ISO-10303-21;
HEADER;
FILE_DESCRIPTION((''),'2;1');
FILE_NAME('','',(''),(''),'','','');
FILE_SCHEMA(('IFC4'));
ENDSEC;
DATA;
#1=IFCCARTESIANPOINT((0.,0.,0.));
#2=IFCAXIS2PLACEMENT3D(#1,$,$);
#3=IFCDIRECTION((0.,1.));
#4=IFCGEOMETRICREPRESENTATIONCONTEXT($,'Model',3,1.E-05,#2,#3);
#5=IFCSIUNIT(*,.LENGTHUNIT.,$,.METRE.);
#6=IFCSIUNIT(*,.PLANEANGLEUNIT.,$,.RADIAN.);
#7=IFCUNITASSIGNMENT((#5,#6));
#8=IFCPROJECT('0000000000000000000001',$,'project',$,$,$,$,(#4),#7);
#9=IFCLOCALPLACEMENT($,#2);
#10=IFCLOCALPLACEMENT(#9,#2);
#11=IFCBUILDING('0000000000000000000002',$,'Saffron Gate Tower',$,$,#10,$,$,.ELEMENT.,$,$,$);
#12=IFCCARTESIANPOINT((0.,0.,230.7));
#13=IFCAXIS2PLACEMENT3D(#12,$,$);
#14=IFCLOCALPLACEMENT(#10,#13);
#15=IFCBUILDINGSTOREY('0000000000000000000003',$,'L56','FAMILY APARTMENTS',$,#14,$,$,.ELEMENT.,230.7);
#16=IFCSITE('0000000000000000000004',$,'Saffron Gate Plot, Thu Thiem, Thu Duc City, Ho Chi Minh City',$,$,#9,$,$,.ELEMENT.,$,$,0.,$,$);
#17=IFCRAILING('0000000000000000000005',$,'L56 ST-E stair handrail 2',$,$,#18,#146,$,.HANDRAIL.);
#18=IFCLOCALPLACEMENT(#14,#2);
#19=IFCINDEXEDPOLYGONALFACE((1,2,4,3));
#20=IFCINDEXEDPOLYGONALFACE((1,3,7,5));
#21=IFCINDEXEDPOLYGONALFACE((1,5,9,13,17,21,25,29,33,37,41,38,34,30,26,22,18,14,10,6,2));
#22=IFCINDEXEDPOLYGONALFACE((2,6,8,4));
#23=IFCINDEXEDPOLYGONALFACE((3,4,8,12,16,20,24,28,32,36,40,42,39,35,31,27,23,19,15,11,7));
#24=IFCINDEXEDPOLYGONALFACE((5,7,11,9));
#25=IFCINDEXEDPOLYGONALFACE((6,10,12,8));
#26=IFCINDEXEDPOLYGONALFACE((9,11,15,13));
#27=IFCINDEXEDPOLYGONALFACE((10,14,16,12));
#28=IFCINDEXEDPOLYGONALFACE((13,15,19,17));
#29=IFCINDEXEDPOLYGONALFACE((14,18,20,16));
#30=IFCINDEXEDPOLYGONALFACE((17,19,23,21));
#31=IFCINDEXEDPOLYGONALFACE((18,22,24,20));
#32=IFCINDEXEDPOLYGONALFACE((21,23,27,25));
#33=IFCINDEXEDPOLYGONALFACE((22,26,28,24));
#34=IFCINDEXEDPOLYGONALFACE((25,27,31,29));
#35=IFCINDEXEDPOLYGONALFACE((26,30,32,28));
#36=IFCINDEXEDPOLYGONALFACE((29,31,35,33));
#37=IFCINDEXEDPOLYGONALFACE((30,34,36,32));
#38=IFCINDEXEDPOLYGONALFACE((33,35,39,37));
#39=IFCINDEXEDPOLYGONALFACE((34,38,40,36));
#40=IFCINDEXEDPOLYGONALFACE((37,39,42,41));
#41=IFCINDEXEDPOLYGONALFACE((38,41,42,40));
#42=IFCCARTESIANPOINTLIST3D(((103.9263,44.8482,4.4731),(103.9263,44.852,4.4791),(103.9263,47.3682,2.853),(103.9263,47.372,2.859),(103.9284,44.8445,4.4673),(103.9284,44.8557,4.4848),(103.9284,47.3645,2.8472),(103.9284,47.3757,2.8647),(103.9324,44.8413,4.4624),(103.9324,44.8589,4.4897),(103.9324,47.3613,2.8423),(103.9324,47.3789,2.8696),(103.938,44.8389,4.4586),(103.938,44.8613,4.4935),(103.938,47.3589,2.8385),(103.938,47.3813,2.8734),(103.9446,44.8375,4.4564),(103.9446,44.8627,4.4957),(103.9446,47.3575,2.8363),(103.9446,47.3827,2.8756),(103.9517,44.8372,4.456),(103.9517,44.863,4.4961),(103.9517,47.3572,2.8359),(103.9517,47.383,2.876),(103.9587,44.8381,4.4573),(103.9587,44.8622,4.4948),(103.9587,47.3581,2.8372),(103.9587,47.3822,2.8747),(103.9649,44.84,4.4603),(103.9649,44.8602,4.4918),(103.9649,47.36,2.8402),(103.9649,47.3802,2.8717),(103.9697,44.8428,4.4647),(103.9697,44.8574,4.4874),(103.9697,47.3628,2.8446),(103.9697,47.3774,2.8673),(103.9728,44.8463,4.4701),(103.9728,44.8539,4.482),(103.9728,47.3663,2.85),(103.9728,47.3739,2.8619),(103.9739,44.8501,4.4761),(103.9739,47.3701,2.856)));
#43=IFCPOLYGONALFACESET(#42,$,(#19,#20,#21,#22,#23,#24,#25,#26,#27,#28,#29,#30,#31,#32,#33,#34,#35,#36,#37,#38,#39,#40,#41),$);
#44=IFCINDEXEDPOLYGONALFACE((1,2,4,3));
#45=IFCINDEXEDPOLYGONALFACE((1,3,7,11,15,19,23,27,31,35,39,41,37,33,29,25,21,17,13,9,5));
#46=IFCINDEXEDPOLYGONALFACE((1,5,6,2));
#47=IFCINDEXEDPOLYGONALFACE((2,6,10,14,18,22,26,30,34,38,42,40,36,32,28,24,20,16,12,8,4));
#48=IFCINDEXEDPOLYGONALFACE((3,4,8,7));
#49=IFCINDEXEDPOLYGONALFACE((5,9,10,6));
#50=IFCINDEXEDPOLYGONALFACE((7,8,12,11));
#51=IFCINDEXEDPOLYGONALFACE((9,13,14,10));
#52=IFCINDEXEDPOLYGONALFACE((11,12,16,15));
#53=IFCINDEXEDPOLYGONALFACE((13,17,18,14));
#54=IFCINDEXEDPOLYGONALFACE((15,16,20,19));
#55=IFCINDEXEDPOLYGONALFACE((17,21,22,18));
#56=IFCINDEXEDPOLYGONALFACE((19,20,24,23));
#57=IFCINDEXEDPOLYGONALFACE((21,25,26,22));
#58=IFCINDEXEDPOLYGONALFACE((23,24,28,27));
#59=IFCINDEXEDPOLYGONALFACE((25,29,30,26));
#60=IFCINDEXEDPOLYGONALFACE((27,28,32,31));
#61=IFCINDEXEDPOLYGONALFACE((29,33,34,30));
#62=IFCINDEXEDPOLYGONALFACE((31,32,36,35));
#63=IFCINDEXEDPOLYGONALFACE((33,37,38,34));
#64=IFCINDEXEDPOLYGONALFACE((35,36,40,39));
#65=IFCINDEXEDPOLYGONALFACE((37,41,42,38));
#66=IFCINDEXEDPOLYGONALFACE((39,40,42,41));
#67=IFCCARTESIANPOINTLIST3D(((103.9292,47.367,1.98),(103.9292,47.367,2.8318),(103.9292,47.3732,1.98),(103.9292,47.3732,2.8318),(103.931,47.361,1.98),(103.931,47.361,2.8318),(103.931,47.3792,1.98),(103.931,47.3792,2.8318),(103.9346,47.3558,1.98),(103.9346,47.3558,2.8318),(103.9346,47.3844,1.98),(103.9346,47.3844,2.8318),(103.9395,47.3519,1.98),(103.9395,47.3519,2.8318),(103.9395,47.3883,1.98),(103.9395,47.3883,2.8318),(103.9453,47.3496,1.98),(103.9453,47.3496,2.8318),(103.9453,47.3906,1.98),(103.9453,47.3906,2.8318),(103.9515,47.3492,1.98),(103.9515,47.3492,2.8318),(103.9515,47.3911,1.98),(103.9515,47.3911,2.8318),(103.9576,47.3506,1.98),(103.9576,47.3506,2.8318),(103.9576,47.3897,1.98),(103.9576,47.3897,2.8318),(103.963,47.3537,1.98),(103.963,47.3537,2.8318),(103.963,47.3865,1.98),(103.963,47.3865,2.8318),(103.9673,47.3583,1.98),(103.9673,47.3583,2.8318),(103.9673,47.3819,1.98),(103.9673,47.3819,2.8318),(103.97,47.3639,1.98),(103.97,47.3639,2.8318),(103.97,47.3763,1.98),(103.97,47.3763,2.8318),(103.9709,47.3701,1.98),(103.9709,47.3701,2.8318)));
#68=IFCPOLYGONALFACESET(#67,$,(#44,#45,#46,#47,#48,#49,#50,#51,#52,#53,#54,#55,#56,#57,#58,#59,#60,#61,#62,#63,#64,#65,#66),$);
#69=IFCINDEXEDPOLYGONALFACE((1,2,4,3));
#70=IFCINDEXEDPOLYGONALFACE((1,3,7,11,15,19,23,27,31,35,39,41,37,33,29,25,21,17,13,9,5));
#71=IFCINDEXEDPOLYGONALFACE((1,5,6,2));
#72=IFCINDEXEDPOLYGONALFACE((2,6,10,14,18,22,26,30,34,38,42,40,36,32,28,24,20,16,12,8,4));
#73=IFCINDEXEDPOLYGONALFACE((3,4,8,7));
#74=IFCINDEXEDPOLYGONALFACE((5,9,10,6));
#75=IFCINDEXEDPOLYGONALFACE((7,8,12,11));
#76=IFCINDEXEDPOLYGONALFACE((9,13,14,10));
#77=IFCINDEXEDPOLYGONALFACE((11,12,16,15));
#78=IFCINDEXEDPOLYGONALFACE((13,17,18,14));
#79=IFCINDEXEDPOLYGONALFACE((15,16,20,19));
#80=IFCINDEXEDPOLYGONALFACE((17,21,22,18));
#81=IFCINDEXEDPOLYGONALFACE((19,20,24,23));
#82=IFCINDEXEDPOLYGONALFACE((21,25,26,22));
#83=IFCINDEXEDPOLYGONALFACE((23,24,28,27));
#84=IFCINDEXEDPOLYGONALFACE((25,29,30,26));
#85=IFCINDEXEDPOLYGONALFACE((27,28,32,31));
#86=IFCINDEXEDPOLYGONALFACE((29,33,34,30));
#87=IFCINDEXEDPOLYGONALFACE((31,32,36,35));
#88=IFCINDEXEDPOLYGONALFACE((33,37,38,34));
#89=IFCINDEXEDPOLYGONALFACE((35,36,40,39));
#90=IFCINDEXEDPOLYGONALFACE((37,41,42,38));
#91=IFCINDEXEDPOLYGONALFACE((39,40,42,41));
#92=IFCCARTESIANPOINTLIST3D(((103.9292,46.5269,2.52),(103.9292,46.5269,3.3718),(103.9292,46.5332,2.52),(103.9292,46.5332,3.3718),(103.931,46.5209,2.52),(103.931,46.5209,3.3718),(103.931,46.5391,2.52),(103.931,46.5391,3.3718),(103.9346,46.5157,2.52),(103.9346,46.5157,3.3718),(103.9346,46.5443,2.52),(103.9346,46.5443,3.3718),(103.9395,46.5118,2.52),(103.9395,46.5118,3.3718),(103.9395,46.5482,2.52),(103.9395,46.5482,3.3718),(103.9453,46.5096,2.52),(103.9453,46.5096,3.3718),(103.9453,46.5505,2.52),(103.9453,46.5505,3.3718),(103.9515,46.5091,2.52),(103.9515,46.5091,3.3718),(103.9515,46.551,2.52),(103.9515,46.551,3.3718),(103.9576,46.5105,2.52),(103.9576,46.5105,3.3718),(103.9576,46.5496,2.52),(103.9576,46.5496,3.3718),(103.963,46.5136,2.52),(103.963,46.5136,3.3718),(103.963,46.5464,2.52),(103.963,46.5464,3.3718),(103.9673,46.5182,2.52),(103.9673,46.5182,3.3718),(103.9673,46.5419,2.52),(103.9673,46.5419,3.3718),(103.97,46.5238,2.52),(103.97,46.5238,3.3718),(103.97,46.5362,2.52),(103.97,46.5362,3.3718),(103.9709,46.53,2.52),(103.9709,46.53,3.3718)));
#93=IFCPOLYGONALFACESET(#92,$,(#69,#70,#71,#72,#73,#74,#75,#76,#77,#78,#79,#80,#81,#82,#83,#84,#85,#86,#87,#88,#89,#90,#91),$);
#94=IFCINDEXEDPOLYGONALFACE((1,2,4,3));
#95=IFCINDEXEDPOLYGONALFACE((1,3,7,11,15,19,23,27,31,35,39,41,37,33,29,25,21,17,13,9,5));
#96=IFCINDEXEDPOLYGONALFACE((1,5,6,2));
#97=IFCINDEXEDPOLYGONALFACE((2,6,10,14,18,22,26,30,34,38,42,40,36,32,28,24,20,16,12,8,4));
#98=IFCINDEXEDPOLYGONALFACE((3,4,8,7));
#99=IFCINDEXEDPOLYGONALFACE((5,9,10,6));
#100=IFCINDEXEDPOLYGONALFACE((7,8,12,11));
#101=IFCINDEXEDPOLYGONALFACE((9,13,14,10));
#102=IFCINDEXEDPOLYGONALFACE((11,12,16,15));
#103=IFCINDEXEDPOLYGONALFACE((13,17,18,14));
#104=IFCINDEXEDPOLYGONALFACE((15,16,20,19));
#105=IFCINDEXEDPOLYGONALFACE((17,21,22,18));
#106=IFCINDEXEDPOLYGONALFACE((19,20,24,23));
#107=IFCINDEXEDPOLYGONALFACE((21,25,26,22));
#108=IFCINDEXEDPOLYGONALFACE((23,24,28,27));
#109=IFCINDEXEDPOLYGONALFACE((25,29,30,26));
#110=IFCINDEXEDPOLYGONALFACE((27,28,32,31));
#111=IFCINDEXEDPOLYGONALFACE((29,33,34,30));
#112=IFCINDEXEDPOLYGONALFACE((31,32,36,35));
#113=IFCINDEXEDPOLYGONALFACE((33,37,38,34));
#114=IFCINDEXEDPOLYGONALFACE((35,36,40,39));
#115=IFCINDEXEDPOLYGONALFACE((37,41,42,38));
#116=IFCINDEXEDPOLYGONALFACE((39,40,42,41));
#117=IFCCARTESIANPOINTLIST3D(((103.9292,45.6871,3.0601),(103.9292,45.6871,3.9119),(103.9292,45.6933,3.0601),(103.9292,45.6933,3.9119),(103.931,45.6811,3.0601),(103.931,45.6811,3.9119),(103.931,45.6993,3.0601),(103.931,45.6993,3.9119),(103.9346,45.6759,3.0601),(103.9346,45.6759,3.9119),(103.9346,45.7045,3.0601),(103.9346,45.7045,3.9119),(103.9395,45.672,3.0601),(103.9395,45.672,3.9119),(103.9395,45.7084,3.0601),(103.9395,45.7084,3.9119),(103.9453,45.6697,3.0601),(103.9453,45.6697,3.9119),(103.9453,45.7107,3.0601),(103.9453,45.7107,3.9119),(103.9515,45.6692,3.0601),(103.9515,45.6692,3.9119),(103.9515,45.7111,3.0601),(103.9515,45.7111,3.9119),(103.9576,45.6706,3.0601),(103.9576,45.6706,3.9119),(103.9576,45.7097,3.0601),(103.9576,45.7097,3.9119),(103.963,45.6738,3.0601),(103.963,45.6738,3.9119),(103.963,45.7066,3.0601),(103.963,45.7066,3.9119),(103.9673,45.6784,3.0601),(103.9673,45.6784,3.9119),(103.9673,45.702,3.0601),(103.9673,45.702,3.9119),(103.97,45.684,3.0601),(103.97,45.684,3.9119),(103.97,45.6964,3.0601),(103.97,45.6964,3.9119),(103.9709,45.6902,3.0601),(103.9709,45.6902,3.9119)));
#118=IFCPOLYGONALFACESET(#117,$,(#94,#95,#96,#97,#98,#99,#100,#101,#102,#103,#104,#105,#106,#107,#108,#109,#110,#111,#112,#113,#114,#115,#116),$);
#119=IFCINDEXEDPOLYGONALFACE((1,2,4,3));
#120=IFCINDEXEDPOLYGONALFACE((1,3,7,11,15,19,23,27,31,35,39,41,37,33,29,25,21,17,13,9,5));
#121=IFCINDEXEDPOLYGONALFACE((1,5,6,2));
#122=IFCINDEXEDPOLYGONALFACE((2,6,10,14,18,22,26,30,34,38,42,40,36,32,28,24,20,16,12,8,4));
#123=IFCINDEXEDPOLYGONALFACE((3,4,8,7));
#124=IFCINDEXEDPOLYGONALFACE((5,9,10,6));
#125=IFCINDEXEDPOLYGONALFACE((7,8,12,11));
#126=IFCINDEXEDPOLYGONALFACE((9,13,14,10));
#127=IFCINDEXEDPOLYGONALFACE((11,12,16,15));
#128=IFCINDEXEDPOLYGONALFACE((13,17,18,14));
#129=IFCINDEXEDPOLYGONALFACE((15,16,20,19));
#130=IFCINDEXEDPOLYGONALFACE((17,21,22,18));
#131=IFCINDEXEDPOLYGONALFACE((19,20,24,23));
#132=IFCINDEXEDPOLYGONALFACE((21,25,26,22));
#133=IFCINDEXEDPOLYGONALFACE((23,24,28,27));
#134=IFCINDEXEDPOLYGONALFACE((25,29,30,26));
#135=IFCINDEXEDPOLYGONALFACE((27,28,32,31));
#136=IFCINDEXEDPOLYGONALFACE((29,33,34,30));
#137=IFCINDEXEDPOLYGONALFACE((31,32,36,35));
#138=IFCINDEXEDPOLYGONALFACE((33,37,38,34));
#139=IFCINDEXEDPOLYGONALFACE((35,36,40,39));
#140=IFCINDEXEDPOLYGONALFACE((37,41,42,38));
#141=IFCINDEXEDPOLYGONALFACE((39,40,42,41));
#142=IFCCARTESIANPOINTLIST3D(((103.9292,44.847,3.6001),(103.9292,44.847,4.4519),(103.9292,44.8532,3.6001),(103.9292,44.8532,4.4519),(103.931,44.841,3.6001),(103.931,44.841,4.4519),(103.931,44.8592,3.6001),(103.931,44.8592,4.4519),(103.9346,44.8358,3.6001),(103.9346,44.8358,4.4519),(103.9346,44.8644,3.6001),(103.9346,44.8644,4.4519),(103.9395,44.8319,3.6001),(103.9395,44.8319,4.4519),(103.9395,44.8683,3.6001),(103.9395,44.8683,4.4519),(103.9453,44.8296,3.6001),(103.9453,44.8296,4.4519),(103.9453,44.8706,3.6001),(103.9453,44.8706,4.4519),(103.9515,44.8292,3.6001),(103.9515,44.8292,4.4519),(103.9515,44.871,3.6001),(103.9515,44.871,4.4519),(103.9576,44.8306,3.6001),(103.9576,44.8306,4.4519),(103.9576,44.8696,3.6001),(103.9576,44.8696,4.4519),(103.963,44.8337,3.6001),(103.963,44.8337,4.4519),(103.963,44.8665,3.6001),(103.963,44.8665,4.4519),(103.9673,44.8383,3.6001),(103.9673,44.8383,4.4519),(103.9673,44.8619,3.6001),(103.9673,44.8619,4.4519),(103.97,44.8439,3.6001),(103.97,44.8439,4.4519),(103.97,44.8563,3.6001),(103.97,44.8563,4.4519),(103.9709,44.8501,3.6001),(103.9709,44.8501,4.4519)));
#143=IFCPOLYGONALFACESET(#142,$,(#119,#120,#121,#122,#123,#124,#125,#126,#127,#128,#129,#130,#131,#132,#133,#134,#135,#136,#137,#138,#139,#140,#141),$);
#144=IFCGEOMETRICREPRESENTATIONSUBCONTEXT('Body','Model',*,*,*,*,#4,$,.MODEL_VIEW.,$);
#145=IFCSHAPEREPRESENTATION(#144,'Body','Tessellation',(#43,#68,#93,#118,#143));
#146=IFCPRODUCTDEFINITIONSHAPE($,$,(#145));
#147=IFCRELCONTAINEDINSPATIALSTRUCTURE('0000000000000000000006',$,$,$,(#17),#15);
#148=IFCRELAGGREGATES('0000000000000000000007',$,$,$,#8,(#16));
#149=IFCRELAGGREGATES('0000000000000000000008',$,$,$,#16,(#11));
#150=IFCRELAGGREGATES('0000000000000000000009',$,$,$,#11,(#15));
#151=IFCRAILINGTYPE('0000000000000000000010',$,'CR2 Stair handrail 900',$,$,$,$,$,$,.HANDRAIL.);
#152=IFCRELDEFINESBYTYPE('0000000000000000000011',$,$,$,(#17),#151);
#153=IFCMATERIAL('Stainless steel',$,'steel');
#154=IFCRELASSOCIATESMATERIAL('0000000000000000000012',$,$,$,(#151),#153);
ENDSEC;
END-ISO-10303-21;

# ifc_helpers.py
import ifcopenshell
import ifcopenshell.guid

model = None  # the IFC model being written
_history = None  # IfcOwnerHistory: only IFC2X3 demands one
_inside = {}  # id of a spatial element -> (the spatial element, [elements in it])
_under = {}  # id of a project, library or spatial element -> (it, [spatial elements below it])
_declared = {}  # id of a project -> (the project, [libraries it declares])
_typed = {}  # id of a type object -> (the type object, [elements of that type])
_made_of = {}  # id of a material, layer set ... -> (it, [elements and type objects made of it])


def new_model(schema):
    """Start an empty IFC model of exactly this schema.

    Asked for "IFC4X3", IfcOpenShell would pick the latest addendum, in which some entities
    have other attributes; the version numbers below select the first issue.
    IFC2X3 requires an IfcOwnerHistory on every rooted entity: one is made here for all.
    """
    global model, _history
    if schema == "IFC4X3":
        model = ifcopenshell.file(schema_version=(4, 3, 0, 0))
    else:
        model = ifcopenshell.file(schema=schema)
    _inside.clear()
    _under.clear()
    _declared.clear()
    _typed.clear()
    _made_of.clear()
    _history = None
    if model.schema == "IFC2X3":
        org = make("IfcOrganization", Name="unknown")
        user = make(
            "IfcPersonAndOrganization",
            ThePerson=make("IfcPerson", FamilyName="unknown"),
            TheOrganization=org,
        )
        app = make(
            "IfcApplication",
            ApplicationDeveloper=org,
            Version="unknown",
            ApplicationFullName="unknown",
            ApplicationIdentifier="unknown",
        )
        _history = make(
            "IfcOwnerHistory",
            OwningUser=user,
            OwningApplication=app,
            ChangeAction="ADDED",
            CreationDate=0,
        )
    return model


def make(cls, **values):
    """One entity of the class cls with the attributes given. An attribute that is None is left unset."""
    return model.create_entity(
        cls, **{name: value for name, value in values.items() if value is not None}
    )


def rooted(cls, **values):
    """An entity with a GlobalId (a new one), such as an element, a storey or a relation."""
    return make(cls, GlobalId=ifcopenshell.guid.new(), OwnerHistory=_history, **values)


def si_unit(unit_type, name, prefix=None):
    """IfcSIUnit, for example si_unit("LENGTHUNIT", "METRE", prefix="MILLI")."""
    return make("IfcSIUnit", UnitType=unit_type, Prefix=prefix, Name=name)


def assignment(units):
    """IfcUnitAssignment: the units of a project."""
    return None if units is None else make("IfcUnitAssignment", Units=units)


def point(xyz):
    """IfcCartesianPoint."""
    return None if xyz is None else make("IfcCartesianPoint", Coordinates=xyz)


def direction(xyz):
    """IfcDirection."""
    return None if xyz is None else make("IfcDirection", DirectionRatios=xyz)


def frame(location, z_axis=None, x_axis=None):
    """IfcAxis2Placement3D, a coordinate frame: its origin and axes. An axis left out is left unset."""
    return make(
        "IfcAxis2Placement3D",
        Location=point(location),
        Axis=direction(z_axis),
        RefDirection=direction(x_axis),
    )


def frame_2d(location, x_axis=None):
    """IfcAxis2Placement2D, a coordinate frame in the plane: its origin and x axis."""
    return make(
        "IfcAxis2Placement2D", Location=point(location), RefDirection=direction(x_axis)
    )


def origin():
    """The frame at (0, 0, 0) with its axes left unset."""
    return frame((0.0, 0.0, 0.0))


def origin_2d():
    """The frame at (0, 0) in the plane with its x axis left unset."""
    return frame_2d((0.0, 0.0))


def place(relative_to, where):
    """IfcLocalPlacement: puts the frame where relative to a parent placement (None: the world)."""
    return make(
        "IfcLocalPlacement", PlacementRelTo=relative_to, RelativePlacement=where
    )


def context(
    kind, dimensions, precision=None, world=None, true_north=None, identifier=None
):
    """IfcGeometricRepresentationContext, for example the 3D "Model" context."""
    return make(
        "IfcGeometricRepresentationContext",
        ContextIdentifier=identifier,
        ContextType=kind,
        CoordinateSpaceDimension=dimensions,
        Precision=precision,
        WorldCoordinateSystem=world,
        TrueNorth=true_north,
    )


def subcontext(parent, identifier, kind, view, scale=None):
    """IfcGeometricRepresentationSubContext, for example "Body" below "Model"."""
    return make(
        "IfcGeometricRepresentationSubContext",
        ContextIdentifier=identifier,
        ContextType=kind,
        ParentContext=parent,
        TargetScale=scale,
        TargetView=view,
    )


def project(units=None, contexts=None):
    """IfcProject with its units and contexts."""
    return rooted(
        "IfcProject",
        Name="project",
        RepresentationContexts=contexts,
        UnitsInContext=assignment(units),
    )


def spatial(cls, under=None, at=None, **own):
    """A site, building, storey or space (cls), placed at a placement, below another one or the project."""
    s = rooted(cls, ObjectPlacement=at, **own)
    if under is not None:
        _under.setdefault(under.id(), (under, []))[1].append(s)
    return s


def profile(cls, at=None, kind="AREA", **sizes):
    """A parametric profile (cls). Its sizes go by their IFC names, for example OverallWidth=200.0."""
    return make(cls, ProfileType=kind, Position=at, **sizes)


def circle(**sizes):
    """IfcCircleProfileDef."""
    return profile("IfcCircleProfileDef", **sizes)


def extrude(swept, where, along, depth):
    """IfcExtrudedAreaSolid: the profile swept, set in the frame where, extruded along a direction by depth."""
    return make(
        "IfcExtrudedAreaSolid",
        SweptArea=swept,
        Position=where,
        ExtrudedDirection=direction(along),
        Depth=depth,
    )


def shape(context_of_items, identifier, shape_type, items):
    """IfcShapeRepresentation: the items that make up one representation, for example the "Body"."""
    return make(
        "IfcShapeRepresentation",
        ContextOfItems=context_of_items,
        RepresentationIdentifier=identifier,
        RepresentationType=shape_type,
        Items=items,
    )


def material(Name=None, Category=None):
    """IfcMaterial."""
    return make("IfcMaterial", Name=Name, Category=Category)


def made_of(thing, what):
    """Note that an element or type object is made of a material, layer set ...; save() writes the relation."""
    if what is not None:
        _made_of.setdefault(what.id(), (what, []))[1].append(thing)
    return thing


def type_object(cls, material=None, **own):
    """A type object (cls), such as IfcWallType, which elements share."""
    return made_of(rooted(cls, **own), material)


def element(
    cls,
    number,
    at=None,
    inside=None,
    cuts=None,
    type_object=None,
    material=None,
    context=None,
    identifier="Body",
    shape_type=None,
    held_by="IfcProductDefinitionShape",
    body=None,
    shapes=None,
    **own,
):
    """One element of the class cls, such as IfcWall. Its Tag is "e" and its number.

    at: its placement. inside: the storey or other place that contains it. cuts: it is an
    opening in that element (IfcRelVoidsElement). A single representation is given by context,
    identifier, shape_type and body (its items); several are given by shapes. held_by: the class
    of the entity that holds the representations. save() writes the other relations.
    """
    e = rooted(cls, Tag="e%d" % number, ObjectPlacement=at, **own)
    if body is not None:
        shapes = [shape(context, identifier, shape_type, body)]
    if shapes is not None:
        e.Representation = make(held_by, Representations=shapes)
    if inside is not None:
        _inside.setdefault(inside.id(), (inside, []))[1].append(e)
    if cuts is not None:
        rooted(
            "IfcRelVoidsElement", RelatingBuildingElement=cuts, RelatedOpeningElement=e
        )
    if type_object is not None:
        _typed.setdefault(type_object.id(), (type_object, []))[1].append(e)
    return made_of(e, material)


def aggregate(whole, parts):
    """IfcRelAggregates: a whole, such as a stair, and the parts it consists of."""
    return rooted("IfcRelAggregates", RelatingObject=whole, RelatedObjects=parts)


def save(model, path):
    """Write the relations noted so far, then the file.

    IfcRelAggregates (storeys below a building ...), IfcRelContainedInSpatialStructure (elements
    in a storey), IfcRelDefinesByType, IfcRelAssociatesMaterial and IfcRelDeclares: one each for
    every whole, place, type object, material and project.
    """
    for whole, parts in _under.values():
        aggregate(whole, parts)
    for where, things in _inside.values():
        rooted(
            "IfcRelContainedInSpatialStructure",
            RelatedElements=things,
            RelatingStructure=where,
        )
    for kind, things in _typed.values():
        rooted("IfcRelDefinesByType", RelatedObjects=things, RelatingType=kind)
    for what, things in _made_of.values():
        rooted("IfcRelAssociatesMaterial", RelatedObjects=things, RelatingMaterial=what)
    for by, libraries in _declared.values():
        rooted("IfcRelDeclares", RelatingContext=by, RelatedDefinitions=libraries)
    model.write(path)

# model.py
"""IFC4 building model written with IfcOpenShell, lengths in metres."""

from ifc_helpers import new_model, si_unit, direction, frame, origin, origin_2d, place, context, subcontext, project, spatial, circle, extrude, material, type_object, element, save


model = new_model("IFC4")

# Units and contexts
model_context = context("Model", 3, precision=1e-05, world=origin(), true_north=direction((0.0, 1.0)))
body_context = subcontext(model_context, "Body", "Model", "MODEL_VIEW")
ifc_project = project(units=[si_unit("LENGTHUNIT", "METRE"), si_unit("PLANEANGLEUNIT", "RADIAN")], contexts=[model_context])

# Site, building, storey
site_placement = place(None, origin())
site = spatial("IfcSite", under=ifc_project, at=site_placement, Name="Saffron Gate Plot, Thu Thiem, Thu Duc City, Ho Chi Minh City", CompositionType="ELEMENT", RefElevation=0.0)
building_placement = place(site_placement, origin())
building = spatial("IfcBuilding", under=site, at=building_placement, Name="Saffron Gate Tower", CompositionType="ELEMENT")
storey_placement = place(building_placement, frame((0.0, 0.0, 230.7)))
storey = spatial("IfcBuildingStorey", under=building, at=storey_placement, Name="L56", Description="FAMILY APARTMENTS", CompositionType="ELEMENT", Elevation=230.7)

# Railing
ifc_material_1 = material(Name="Stainless steel", Category="steel")
railing_type_1 = type_object("IfcRailingType", Name="CR2 Stair handrail 900", PredefinedType="HANDRAIL", material=ifc_material_1)
railing_1_placement = place(storey_placement, frame((103.95, 47.3701, 1.98)))
element("IfcRailing", 1, at=railing_1_placement, inside=storey, type_object=railing_type_1, Name="L56 ST-E stair handrail 2", PredefinedType="HANDRAIL", context=body_context, shape_type="SweptSolid", body=[
    extrude(circle(Radius=0.0239, at=origin_2d()), frame((0.0, 0.0, 0.876), z_axis=(0.0, -0.841163, 0.540782), x_axis=(1.0, 0.0, 0.0)), (0.0, 0.0, 1.0), 2.9958),
    extrude(circle(Radius=0.021, at=origin_2d()), origin(), (0.0, 0.0, 1.0), 0.8518),
    extrude(circle(Radius=0.021, at=origin_2d()), frame((0.0, -0.8401, 0.54)), (0.0, 0.0, 1.0), 0.8518),
    extrude(circle(Radius=0.021, at=origin_2d()), frame((0.0, -1.6799, 1.0801)), (0.0, 0.0, 1.0), 0.8518),
    extrude(circle(Radius=0.021, at=origin_2d()), frame((0.0, -2.52, 1.6201)), (0.0, 0.0, 1.0), 0.8518),
])

save(model, "model.ifc")
